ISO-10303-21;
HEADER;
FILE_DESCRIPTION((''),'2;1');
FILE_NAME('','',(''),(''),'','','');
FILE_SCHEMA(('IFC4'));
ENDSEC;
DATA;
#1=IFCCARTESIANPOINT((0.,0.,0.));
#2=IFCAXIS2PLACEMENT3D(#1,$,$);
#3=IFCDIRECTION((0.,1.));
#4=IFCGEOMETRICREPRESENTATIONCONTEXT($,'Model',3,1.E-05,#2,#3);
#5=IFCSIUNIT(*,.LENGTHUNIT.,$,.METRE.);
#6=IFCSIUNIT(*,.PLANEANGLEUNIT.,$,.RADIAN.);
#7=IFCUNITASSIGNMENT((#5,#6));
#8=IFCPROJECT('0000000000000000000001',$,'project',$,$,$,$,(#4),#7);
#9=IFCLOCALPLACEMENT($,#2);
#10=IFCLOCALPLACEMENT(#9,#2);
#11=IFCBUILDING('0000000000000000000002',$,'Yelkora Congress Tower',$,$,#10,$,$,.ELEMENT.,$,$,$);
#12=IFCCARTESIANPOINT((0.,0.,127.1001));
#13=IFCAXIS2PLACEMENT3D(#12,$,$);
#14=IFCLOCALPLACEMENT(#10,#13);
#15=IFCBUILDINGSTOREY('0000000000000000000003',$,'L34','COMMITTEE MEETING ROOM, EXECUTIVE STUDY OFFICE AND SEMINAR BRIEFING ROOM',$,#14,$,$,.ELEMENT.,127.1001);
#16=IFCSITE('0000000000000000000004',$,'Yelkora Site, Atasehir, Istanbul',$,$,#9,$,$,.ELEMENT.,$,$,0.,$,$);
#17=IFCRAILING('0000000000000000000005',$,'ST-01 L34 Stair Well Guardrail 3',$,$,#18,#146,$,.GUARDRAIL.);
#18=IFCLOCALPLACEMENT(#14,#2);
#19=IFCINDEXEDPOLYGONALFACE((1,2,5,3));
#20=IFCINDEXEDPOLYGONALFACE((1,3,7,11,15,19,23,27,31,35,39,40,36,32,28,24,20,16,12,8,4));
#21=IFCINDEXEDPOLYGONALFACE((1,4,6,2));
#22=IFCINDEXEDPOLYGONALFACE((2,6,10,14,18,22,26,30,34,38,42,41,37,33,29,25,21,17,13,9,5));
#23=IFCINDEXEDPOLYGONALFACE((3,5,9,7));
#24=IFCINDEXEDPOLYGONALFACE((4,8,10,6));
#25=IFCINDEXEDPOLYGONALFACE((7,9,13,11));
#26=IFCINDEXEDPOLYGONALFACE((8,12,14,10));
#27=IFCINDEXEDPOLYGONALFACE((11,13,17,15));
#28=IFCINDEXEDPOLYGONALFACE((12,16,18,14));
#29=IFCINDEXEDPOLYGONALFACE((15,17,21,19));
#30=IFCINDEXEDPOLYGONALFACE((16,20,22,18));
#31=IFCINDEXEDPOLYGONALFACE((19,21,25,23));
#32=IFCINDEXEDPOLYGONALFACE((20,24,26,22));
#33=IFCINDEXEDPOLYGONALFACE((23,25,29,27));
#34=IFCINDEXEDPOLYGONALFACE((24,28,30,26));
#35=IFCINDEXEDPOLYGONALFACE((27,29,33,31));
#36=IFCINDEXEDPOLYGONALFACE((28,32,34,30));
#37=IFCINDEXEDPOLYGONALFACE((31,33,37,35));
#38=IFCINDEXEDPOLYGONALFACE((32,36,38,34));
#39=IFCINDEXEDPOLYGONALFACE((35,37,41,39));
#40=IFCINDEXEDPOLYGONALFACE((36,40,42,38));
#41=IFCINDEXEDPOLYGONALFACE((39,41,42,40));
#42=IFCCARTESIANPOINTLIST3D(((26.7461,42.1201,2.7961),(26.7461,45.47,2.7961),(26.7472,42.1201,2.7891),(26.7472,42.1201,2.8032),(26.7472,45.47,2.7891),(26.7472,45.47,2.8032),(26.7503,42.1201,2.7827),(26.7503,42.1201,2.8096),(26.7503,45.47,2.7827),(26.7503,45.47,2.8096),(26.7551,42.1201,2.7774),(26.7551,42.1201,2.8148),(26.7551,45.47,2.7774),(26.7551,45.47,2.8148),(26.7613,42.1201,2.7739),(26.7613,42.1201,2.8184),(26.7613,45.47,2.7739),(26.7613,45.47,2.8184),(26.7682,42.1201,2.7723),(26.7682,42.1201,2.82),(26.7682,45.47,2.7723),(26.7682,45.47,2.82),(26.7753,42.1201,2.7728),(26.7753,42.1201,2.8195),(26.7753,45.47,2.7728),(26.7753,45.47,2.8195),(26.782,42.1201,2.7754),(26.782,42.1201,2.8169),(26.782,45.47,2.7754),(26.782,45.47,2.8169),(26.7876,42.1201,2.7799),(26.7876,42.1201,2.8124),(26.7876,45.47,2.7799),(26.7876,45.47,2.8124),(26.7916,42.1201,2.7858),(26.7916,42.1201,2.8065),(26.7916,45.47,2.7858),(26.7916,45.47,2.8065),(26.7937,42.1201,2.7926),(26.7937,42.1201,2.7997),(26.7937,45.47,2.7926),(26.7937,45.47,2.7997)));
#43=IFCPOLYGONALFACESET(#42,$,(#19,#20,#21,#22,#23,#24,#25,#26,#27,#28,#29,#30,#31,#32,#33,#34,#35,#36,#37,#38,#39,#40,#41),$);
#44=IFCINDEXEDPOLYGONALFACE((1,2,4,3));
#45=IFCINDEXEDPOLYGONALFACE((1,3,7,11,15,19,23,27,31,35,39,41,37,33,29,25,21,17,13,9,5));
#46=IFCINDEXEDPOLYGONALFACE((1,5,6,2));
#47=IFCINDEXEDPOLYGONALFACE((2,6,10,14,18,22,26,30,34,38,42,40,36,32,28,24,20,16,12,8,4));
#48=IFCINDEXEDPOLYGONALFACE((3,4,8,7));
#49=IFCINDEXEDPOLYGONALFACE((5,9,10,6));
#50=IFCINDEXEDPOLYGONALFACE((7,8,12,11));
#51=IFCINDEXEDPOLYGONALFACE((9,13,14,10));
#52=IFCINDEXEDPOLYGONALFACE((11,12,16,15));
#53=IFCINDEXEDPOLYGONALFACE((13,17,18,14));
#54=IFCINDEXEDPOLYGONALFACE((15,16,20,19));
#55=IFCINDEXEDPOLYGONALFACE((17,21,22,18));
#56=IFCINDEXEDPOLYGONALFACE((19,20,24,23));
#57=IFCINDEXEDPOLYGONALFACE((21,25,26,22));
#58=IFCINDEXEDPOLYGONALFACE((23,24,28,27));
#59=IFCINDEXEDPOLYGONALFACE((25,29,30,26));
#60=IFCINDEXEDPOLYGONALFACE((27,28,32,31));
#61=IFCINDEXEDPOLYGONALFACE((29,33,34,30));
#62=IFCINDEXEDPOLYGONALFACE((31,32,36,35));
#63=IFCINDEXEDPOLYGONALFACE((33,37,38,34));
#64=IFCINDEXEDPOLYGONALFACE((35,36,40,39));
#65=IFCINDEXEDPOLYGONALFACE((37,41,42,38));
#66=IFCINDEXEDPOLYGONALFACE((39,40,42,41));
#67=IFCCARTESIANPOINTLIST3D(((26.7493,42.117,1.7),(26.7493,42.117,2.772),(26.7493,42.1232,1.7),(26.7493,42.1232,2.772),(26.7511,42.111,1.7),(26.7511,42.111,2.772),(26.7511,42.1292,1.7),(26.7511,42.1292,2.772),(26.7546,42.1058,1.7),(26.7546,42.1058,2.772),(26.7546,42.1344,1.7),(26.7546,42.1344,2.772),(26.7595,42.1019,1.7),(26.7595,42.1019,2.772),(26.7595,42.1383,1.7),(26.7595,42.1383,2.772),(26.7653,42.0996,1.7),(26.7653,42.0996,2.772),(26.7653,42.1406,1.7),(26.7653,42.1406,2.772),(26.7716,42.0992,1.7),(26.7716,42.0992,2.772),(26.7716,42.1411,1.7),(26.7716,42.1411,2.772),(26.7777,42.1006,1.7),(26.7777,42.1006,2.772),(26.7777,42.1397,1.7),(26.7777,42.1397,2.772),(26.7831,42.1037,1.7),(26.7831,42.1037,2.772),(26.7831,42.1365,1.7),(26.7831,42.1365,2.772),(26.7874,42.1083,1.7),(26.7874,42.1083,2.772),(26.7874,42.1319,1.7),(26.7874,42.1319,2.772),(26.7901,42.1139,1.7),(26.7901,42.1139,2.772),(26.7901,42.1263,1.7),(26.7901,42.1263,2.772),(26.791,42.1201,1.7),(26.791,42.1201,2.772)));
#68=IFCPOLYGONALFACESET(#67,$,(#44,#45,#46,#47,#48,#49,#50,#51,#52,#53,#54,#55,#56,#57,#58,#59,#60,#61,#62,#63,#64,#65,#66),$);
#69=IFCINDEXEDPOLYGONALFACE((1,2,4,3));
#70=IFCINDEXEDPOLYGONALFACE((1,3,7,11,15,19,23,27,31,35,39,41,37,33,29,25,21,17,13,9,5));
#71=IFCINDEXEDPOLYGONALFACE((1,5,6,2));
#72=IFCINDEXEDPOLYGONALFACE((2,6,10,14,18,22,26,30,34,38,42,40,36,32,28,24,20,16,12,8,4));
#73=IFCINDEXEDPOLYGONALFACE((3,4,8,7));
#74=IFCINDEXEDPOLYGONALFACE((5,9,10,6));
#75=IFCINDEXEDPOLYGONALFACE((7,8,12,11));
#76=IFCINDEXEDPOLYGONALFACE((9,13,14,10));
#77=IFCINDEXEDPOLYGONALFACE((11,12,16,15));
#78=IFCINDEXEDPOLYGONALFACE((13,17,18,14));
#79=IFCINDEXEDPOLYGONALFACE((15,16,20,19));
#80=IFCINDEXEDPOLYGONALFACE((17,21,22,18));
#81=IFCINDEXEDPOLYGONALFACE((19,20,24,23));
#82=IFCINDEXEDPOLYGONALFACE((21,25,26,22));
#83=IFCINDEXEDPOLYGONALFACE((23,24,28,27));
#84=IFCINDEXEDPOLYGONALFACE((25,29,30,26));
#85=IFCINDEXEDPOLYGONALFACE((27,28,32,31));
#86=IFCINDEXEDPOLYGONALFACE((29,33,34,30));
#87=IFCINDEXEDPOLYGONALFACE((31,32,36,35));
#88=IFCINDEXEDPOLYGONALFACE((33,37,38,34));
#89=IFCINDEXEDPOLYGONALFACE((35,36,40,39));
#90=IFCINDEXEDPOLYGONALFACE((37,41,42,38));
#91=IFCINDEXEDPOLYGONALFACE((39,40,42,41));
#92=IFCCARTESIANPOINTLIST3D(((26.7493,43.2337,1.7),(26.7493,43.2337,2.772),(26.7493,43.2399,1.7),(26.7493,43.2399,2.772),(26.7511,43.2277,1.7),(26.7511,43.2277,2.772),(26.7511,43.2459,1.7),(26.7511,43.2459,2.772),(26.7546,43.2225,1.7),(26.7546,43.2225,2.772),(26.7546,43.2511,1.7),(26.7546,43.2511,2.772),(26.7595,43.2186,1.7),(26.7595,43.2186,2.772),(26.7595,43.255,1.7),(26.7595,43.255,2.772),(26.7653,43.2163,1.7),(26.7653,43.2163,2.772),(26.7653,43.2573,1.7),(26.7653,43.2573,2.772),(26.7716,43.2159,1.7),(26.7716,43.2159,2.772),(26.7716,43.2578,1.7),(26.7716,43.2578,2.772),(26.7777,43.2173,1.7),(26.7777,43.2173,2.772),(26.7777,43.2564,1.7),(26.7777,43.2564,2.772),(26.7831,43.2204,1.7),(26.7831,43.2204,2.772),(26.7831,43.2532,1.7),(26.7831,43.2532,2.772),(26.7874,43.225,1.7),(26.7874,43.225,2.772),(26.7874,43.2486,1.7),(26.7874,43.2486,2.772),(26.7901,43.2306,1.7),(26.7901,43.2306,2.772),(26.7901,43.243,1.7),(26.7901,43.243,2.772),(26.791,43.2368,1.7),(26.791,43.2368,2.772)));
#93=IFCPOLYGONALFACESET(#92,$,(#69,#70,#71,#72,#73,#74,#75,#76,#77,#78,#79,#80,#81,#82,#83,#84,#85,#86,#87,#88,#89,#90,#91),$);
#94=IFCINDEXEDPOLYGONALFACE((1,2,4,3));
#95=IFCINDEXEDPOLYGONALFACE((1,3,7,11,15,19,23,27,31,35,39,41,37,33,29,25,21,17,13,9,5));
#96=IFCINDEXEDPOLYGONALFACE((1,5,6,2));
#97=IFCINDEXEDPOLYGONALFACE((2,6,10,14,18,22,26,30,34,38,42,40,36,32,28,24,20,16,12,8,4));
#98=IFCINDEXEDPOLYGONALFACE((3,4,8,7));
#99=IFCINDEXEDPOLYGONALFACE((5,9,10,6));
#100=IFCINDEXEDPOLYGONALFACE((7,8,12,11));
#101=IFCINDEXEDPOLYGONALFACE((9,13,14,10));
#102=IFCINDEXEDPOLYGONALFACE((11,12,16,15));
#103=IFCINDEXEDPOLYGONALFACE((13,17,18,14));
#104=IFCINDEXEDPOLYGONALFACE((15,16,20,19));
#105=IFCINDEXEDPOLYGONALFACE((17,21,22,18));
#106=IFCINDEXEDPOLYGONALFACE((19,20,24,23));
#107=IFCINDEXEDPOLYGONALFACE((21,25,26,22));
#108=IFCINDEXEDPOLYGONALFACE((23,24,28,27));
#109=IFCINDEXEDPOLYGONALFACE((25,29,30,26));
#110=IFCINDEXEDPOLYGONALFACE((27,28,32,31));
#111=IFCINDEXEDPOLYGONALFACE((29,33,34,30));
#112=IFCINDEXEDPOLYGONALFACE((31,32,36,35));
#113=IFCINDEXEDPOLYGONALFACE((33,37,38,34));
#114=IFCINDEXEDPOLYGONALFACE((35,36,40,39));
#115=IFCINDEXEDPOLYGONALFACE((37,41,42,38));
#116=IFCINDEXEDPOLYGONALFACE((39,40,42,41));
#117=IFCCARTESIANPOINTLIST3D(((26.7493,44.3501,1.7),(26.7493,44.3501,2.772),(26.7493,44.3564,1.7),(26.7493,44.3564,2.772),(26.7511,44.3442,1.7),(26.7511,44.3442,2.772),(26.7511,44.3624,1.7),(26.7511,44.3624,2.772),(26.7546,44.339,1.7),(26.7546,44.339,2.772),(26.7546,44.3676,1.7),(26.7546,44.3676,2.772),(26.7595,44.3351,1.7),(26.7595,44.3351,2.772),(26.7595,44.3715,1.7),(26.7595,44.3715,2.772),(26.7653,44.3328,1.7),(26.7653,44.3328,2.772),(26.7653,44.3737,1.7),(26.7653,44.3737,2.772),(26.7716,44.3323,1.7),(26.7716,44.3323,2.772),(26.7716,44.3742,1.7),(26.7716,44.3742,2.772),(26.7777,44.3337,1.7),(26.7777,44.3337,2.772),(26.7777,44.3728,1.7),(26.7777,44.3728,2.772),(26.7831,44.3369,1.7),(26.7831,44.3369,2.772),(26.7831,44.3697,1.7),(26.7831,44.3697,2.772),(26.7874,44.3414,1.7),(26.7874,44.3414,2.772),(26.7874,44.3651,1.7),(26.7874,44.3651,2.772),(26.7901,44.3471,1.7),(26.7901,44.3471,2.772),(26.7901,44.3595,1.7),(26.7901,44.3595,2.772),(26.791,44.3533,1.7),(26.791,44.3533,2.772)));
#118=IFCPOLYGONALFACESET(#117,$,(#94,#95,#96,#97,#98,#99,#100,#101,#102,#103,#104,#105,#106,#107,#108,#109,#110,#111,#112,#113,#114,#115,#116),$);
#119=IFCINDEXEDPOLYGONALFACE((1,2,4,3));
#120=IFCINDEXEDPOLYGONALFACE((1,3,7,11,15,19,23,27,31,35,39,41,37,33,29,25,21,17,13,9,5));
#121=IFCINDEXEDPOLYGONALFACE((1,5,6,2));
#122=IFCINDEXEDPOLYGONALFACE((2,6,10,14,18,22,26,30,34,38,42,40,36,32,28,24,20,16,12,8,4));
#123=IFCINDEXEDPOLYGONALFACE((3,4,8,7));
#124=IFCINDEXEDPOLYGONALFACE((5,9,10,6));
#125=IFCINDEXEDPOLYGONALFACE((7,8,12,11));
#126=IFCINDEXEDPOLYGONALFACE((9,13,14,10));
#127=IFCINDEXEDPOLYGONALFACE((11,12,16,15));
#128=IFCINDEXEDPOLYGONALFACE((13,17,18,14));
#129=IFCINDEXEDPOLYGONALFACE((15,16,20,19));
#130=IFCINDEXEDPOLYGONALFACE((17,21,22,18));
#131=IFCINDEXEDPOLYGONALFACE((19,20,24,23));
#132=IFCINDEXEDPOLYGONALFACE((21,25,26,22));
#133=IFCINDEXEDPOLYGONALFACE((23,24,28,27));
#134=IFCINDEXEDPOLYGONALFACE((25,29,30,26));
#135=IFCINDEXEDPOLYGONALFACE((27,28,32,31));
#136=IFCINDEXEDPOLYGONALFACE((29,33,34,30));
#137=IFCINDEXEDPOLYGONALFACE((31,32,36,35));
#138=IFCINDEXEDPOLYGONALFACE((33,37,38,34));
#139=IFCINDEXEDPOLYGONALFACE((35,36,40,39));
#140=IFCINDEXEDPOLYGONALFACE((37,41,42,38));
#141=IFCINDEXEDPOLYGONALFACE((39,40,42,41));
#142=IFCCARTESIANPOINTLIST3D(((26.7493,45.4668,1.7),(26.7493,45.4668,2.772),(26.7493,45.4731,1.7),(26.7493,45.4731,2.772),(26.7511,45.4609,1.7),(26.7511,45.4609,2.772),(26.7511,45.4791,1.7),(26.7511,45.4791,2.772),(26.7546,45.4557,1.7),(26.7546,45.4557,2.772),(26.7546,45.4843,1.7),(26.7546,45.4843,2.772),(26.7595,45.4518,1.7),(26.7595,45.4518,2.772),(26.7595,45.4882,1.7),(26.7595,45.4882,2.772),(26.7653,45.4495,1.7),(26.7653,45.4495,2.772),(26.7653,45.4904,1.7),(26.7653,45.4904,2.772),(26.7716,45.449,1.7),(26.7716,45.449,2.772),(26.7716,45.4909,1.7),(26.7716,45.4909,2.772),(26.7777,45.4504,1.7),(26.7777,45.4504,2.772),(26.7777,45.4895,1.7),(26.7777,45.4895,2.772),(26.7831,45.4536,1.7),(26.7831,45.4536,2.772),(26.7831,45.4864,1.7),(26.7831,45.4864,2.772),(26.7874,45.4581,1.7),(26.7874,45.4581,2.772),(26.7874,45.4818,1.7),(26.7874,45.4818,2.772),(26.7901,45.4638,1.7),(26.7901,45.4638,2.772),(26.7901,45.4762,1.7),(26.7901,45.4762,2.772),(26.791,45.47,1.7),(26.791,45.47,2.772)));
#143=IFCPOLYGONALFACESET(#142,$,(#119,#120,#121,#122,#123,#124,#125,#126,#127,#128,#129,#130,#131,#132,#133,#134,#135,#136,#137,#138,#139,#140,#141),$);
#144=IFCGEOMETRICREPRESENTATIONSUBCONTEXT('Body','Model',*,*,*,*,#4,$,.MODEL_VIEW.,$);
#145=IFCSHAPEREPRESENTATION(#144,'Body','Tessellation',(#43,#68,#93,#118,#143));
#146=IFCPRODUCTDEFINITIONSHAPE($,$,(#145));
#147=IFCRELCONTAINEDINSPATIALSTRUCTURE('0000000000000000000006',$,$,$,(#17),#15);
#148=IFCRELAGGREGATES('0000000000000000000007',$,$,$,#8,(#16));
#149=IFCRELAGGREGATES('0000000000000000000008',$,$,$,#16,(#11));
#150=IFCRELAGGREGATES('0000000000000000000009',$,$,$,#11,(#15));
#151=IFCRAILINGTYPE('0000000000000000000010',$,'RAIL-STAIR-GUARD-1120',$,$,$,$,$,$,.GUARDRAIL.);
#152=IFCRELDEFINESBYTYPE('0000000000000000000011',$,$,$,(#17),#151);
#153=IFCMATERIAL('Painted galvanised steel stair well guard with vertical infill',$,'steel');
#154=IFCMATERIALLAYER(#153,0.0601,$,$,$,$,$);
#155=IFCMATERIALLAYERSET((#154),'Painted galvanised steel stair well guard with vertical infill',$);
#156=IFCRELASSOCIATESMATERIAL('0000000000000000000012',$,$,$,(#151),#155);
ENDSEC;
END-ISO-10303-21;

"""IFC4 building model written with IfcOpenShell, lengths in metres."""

from ifc_helpers import new_model, si_unit, direction, frame, origin, origin_2d, place, context, subcontext, project, spatial, circle, extrude, material, layer, layer_set, type_object, element, save


model = new_model("IFC4")

# Units and contexts
model_context = context("Model", 3, precision=1e-05, world=origin(), true_north=direction((0.0, 1.0)))
body_context = subcontext(model_context, "Body", "Model", "MODEL_VIEW")
ifc_project = project(units=[si_unit("LENGTHUNIT", "METRE"), si_unit("PLANEANGLEUNIT", "RADIAN")], contexts=[model_context])

# Site, building, storey
site_placement = place(None, origin())
site = spatial("IfcSite", under=ifc_project, at=site_placement, Name="Yelkora Site, Atasehir, Istanbul", CompositionType="ELEMENT", RefElevation=0.0)
building_placement = place(site_placement, origin())
building = spatial("IfcBuilding", under=site, at=building_placement, Name="Yelkora Congress Tower", CompositionType="ELEMENT")
storey_placement = place(building_placement, frame((0.0, 0.0, 127.1001)))
storey = spatial("IfcBuildingStorey", under=building, at=storey_placement, Name="L34", Description="COMMITTEE MEETING ROOM, EXECUTIVE STUDY OFFICE AND SEMINAR BRIEFING ROOM", CompositionType="ELEMENT", Elevation=127.1001)

# Railing
ifc_material_1 = material(Name="Painted galvanised steel stair well guard with vertical infill", Category="steel")
ifc_layer_1 = layer(ifc_material_1, 0.0601)
ifc_layer_set_1 = layer_set([ifc_layer_1], Name="Painted galvanised steel stair well guard with vertical infill")
railing_type_1 = type_object("IfcRailingType", Name="RAIL-STAIR-GUARD-1120", PredefinedType="GUARDRAIL", material=ifc_layer_set_1)
railing_1_placement = place(storey_placement, frame((26.77, 42.1201, 1.7)))
element("IfcRailing", 1, at=railing_1_placement, inside=storey, type_object=railing_type_1, Name="ST-01 L34 Stair Well Guardrail 3", PredefinedType="GUARDRAIL", context=body_context, shape_type="SweptSolid", body=[
    extrude(circle(Radius=0.0239, at=origin_2d()), frame((0.0, 0.0, 1.0962), z_axis=(0.0, 1.0, 0.0), x_axis=(-1.0, 0.0, 0.0)), (0.0, 0.0, 1.0), 3.3499),
    extrude(circle(Radius=0.021, at=origin_2d()), origin(), (0.0, 0.0, 1.0), 1.072),
    extrude(circle(Radius=0.021, at=origin_2d()), frame((0.0, 1.1167, 0.0)), (0.0, 0.0, 1.0), 1.072),
    extrude(circle(Radius=0.021, at=origin_2d()), frame((0.0, 2.2332, 0.0)), (0.0, 0.0, 1.0), 1.072),
    extrude(circle(Radius=0.021, at=origin_2d()), frame((0.0, 3.3499, 0.0)), (0.0, 0.0, 1.0), 1.072),
])

save(model, "model.ifc")
